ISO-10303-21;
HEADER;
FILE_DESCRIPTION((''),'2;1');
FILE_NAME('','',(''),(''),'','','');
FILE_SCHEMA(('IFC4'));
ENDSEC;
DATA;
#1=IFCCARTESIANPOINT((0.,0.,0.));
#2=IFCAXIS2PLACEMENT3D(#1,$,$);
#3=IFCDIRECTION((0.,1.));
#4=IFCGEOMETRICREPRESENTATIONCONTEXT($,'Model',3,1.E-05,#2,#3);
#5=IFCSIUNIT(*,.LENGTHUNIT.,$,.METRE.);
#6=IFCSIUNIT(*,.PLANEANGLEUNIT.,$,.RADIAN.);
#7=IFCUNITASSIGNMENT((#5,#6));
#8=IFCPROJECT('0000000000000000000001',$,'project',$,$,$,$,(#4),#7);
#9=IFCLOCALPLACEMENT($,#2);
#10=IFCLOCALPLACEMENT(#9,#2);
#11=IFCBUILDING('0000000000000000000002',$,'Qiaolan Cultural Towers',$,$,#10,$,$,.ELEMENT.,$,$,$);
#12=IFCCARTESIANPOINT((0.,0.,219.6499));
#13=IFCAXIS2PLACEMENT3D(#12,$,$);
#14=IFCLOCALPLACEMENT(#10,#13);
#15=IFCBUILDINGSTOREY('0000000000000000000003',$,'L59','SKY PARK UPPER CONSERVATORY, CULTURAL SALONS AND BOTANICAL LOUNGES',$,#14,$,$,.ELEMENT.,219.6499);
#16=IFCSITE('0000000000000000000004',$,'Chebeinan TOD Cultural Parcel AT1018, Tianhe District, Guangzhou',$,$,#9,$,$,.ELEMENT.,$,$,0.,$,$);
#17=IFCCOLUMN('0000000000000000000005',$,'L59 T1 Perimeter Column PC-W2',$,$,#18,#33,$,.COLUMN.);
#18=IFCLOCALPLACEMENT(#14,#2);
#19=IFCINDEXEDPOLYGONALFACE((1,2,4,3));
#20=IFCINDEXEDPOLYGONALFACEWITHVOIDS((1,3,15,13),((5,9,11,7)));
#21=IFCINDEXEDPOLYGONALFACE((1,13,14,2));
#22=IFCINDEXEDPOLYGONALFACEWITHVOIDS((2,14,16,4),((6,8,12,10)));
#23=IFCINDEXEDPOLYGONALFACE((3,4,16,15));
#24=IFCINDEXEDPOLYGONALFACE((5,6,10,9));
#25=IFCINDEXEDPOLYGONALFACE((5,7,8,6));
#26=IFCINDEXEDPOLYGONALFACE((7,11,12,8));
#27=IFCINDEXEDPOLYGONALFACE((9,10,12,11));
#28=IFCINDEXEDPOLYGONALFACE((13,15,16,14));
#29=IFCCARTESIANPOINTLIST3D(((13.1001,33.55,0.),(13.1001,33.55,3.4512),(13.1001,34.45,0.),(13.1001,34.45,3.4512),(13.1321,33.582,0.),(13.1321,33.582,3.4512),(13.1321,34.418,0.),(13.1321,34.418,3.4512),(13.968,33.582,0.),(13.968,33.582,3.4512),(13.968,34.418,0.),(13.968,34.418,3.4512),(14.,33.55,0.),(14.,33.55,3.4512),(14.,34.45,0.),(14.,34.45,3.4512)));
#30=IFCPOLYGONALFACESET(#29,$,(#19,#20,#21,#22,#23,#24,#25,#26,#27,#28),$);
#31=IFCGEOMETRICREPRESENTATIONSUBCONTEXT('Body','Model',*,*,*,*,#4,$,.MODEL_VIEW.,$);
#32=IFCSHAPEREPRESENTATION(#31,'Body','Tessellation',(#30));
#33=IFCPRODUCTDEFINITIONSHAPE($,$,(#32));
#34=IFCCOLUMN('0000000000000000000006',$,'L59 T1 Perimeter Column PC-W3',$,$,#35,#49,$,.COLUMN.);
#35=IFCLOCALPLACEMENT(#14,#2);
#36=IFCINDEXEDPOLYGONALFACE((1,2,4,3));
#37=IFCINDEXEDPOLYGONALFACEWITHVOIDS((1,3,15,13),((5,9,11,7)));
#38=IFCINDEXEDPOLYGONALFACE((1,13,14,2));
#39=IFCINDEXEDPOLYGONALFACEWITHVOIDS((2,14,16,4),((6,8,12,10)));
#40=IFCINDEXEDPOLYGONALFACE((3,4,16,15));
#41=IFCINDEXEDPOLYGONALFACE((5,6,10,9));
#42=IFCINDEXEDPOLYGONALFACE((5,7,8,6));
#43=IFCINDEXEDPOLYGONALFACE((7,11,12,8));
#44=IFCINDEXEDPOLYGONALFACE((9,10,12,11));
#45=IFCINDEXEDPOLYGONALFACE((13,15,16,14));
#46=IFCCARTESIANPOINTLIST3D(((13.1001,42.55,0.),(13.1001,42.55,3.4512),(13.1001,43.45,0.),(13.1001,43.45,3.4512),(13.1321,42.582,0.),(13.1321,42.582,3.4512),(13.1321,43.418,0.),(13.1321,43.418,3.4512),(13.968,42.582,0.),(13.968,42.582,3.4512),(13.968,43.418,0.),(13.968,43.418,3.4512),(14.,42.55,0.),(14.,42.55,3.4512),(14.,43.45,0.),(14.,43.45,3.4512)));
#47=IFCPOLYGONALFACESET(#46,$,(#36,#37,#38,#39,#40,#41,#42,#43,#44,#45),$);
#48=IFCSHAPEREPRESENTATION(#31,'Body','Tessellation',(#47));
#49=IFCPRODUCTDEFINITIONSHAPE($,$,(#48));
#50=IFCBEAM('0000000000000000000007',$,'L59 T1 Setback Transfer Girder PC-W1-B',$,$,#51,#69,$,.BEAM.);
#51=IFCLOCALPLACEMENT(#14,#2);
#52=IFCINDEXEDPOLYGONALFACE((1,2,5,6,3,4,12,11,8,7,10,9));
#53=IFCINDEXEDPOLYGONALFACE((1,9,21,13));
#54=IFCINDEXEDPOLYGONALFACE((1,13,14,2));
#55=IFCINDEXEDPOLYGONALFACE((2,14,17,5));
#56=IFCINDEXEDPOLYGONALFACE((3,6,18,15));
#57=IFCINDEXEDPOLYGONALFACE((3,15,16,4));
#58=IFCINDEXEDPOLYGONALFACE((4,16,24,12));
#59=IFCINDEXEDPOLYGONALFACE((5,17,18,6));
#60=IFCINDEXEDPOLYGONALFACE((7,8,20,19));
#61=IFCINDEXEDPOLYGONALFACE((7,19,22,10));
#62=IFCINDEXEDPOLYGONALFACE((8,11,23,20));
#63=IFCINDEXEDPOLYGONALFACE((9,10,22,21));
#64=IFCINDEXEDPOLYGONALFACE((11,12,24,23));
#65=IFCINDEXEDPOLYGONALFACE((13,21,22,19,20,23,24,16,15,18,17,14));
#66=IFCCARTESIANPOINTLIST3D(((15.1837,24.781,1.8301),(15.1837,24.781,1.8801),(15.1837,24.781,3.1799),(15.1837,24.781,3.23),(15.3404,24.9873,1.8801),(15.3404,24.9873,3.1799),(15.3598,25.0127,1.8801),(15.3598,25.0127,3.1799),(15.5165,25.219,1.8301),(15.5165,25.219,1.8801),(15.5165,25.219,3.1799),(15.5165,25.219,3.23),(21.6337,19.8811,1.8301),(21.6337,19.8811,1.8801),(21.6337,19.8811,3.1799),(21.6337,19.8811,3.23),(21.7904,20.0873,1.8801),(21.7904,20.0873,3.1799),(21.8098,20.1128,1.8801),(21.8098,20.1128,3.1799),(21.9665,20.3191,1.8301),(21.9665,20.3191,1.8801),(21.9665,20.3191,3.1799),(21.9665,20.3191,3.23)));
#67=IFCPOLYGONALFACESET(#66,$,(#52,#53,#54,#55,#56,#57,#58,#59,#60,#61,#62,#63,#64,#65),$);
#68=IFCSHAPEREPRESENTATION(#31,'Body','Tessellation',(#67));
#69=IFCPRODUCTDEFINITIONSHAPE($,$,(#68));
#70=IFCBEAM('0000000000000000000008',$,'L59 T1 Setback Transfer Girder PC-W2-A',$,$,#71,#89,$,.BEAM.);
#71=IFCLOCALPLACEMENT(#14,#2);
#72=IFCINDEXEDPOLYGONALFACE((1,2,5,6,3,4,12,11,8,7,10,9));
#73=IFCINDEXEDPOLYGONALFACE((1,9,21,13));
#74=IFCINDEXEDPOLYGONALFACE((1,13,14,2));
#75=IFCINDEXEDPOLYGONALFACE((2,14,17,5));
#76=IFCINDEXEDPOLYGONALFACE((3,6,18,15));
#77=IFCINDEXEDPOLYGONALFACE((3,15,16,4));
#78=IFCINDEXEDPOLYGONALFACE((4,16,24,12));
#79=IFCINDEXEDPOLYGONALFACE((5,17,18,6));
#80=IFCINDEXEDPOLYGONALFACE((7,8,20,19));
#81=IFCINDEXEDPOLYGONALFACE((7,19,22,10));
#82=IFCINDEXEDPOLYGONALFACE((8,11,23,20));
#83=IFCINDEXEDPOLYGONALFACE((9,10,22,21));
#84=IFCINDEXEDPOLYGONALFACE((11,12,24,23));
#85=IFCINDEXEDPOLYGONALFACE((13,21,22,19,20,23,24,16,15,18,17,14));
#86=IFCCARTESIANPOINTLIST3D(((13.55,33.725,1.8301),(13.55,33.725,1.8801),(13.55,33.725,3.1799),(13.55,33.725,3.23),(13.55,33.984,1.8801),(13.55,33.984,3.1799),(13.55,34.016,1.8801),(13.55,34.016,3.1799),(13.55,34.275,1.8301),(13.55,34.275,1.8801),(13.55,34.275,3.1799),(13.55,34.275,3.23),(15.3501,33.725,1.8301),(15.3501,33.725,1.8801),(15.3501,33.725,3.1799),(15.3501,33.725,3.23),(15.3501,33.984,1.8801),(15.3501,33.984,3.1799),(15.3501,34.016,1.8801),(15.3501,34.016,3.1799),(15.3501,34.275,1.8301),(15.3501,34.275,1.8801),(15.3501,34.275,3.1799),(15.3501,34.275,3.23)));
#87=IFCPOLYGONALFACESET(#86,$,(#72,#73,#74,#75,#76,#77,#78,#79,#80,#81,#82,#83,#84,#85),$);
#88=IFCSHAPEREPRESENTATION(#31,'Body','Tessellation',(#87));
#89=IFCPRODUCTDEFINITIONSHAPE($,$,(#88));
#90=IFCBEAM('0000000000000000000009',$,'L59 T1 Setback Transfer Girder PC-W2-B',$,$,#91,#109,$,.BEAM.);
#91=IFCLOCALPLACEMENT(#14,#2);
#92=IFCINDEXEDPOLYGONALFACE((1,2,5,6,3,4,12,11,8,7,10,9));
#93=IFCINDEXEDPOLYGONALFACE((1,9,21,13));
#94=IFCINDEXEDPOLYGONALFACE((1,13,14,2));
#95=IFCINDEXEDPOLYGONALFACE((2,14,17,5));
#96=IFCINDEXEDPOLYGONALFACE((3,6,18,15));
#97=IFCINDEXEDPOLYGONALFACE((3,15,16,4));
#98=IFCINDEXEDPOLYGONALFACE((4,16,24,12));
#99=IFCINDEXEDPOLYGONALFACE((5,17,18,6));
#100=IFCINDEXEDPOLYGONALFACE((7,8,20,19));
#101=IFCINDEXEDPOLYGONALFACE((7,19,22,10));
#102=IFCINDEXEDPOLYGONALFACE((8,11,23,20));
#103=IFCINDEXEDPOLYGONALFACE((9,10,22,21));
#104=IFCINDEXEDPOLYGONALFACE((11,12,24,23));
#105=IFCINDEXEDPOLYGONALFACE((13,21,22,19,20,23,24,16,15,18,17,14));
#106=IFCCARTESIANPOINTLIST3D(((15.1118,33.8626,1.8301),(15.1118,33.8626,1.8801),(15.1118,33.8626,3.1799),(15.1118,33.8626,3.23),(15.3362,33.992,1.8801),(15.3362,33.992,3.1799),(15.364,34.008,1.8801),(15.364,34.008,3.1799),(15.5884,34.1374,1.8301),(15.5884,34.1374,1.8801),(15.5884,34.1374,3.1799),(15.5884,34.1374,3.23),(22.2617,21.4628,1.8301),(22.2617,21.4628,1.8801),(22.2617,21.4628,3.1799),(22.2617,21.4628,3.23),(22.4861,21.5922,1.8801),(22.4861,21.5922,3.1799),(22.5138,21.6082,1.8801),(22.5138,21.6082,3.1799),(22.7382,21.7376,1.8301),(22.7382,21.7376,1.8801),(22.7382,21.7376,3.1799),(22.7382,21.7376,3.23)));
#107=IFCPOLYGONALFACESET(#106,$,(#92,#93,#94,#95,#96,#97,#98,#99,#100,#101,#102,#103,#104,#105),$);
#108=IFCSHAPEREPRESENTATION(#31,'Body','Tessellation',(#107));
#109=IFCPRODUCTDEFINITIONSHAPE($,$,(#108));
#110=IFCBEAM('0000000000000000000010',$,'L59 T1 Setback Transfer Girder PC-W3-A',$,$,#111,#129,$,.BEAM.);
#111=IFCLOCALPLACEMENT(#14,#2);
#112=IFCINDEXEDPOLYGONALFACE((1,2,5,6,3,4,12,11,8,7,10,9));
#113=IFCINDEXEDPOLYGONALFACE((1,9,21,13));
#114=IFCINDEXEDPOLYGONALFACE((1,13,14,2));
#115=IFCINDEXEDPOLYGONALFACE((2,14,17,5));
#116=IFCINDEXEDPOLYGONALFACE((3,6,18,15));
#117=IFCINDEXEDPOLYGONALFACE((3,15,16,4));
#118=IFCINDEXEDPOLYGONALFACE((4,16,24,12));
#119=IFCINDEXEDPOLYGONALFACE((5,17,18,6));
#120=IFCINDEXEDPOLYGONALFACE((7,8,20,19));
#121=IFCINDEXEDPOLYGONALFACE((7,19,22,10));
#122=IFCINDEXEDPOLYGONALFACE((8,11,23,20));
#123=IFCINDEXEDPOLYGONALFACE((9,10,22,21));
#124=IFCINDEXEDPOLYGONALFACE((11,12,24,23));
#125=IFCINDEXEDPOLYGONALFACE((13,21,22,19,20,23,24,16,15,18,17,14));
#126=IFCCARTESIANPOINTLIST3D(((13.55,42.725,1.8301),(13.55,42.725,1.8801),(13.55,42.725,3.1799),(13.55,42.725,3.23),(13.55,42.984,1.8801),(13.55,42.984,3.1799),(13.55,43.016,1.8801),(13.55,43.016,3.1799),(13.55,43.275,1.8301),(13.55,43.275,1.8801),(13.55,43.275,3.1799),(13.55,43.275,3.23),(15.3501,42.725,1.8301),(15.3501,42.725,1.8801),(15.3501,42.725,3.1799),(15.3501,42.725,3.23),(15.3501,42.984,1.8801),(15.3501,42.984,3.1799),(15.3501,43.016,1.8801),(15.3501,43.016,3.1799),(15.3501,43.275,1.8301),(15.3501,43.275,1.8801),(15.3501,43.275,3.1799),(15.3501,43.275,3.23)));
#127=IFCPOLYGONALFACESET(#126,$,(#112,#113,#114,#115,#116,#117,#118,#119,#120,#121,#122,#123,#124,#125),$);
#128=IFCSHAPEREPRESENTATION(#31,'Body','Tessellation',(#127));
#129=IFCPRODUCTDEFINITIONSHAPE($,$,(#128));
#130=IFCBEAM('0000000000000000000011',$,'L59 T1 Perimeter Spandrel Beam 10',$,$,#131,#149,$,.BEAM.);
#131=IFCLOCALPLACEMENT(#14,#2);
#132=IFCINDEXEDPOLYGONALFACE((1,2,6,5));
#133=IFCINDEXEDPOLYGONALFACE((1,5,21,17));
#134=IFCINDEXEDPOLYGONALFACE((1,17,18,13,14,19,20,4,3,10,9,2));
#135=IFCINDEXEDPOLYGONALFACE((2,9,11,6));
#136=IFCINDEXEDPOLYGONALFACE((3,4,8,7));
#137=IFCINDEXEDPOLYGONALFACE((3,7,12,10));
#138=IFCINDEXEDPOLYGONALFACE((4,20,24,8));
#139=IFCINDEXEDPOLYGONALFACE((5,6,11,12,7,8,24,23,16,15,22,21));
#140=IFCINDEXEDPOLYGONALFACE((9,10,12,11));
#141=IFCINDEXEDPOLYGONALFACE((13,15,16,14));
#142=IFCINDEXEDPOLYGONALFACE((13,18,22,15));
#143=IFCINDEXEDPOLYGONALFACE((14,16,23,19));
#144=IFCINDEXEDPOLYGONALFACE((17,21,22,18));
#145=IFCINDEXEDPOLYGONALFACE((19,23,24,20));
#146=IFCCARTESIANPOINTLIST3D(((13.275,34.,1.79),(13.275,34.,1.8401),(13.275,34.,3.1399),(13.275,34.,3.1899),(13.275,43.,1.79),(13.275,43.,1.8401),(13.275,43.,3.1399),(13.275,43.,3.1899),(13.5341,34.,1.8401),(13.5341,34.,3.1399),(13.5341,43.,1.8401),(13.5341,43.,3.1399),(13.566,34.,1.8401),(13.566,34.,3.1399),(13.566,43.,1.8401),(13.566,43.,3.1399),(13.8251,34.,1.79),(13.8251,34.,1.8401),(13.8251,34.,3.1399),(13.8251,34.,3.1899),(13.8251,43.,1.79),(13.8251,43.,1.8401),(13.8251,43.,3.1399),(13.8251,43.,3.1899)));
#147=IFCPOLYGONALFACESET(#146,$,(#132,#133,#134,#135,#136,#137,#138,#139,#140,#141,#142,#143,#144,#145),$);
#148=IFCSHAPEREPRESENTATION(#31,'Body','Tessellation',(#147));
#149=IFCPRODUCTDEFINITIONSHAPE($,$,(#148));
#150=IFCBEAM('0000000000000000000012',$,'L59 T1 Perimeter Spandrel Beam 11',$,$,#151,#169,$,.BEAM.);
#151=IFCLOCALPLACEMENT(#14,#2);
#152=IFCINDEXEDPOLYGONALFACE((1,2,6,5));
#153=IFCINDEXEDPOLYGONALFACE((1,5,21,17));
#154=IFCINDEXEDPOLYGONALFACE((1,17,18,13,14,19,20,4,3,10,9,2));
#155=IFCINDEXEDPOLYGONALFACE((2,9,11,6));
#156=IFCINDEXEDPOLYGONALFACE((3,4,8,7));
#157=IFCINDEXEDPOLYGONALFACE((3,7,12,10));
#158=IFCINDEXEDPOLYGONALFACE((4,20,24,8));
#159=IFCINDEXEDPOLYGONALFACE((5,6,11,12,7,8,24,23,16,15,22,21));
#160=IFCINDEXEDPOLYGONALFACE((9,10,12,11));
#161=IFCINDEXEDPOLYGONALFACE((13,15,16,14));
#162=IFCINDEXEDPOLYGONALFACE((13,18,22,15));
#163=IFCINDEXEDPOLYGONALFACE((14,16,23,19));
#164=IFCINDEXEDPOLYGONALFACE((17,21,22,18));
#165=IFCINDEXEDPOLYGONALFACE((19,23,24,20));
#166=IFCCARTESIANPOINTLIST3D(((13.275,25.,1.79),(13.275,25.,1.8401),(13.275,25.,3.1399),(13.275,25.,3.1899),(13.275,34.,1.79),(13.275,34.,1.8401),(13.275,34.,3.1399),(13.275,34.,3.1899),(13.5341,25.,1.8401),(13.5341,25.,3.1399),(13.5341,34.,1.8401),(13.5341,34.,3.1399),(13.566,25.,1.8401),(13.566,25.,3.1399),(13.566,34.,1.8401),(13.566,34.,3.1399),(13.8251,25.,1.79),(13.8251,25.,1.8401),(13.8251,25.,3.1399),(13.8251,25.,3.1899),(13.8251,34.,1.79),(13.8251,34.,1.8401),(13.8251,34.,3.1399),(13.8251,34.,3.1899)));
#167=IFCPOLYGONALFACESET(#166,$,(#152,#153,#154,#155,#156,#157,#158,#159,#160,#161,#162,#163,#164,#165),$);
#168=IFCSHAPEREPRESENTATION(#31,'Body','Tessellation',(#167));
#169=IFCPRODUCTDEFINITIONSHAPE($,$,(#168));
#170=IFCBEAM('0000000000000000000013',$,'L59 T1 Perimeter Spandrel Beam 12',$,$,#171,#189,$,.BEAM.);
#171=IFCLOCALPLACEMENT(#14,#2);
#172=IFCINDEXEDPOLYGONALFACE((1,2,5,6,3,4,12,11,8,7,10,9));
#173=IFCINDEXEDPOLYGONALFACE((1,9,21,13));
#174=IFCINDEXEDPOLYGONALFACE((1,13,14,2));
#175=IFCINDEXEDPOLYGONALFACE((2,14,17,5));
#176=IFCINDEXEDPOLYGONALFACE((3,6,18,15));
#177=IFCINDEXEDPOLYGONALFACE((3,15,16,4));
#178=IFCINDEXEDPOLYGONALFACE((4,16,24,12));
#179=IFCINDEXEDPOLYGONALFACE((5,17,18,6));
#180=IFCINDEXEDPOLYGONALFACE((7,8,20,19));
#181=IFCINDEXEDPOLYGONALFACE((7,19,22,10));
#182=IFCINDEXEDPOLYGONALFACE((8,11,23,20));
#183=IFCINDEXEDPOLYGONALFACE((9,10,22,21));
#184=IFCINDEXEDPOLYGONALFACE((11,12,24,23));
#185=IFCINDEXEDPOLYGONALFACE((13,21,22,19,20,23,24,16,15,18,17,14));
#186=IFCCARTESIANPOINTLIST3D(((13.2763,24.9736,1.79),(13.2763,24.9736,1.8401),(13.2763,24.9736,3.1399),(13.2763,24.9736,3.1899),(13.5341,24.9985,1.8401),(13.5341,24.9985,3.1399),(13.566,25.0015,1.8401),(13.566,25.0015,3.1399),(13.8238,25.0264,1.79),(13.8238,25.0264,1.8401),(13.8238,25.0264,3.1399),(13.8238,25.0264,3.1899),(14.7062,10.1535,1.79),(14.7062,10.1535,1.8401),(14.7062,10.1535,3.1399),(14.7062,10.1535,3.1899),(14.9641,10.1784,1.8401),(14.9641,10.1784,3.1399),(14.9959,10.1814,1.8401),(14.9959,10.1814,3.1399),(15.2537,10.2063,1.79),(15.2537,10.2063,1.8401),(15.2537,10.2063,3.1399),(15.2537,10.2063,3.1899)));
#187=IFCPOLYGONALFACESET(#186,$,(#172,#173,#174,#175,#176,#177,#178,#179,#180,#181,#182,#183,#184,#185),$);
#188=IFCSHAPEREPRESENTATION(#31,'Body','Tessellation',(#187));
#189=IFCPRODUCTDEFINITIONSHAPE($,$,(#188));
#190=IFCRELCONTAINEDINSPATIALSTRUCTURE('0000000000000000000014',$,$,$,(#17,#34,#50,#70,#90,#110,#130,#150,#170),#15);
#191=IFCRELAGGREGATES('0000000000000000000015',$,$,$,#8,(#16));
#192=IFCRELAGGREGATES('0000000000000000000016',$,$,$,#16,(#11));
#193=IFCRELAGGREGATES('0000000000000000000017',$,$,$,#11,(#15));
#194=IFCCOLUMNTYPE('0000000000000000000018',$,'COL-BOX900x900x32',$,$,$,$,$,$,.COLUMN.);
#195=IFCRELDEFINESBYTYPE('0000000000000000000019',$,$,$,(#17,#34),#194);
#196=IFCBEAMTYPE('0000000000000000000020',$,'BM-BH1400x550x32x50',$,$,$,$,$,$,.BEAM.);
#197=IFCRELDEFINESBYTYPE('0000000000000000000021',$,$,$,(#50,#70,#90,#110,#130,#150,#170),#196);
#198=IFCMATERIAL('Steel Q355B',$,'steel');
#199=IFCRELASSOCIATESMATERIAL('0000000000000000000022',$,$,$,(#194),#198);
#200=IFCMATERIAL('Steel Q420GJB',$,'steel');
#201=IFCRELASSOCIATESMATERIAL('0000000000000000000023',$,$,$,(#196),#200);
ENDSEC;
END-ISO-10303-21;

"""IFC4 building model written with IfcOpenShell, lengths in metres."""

from ifc_helpers import new_model, si_unit, direction, frame, origin, origin_2d, place, context, subcontext, project, spatial, hollow_rectangle, i_section, extrude, material, material_profile, profile_set, type_object, element, save


model = new_model("IFC4")

# Units and contexts
model_context = context("Model", 3, precision=1e-05, world=origin(), true_north=direction((0.0, 1.0)))
body_context = subcontext(model_context, "Body", "Model", "MODEL_VIEW")
ifc_project = project(units=[si_unit("LENGTHUNIT", "METRE"), si_unit("PLANEANGLEUNIT", "RADIAN")], contexts=[model_context])

# Site, building, storey
site_placement = place(None, origin())
site = spatial("IfcSite", under=ifc_project, at=site_placement, Name="Chebeinan TOD Cultural Parcel AT1018, Tianhe District, Guangzhou", CompositionType="ELEMENT", RefElevation=0.0)
building_placement = place(site_placement, origin())
building = spatial("IfcBuilding", under=site, at=building_placement, Name="Qiaolan Cultural Towers", CompositionType="ELEMENT")
storey_placement = place(building_placement, frame((0.0, 0.0, 219.6499)))
storey = spatial("IfcBuildingStorey", under=building, at=storey_placement, Name="L59", Description="SKY PARK UPPER CONSERVATORY, CULTURAL SALONS AND BOTANICAL LOUNGES", CompositionType="ELEMENT", Elevation=219.6499)

# Columns
ifc_material_1 = material(Name="Steel Q355B", Category="steel")
ifc_material_profile_1 = material_profile(ifc_material_1, hollow_rectangle(XDim=0.8999, YDim=0.8999, WallThickness=0.032, at=origin_2d()), Name="BOX900x900x32")
ifc_profile_set_1 = profile_set([ifc_material_profile_1], Name="Steel Q355B")
column_type = type_object("IfcColumnType", Name="COL-BOX900x900x32", PredefinedType="COLUMN", material=ifc_profile_set_1)
for number, where, z_axis, x_axis, name in (
    (1, (13.55, 34.0, 0.0), (0.0, 0.0, 1.0), (1.0, 0.0, 0.0), "L59 T1 Perimeter Column PC-W2"),
    (2, (13.55, 43.0, 0.0), (0.0, 0.0, 1.0), (1.0, 0.0, 0.0), "L59 T1 Perimeter Column PC-W3"),
):
    element("IfcColumn", number, at=place(storey_placement, frame(where, z_axis=z_axis, x_axis=x_axis)), inside=storey, type_object=column_type, Name=name, PredefinedType="COLUMN", context=body_context, shape_type="SweptSolid", body=[
        extrude(hollow_rectangle(XDim=0.8999, YDim=0.8999, WallThickness=0.032, at=origin_2d()), origin(), (0.0, 0.0, 1.0), 3.4512),
    ])

# Beams
ifc_material_2 = material(Name="Steel Q420GJB", Category="steel")
ifc_material_profile_2 = material_profile(ifc_material_2, i_section(OverallWidth=0.55, OverallDepth=1.3999, WebThickness=0.032, FlangeThickness=0.05, at=origin_2d()), Name="BH1400x550x32x50")
ifc_profile_set_2 = profile_set([ifc_material_profile_2], Name="Steel Q420GJB")
beam_type_1 = type_object("IfcBeamType", Name="BM-BH1400x550x32x50", PredefinedType="BEAM", material=ifc_profile_set_2)
beam_1_placement = place(storey_placement, frame((15.3501, 25.0, 2.53), z_axis=(0.796285, -0.604922, 0.0), x_axis=(0.604922, 0.796285, 0.0)))
element("IfcBeam", 3, at=beam_1_placement, inside=storey, type_object=beam_type_1, Name="L59 T1 Setback Transfer Girder PC-W1-B", PredefinedType="BEAM", context=body_context, shape_type="SweptSolid", body=[
    extrude(i_section(OverallWidth=0.55, OverallDepth=1.3999, WebThickness=0.032, FlangeThickness=0.05, at=origin_2d()), origin(), (0.0, 0.0, 1.0), 8.1001),
])
beam_2_placement = place(storey_placement, frame((13.55, 34.0, 2.53), z_axis=(1.0, 0.0, 0.0), x_axis=(0.0, 1.0, 0.0)))
element("IfcBeam", 4, at=beam_2_placement, inside=storey, type_object=beam_type_1, Name="L59 T1 Setback Transfer Girder PC-W2-A", PredefinedType="BEAM", context=body_context, shape_type="SweptSolid", body=[
    extrude(i_section(OverallWidth=0.55, OverallDepth=1.3999, WebThickness=0.032, FlangeThickness=0.05, at=origin_2d()), origin(), (0.0, 0.0, 1.0), 1.8),
])
beam_3_placement = place(storey_placement, frame((15.3501, 34.0, 2.53), z_axis=(0.499519, -0.866303, 0.0), x_axis=(0.866303, 0.499519, 0.0)))
element("IfcBeam", 5, at=beam_3_placement, inside=storey, type_object=beam_type_1, Name="L59 T1 Setback Transfer Girder PC-W2-B", PredefinedType="BEAM", context=body_context, shape_type="SweptSolid", body=[
    extrude(i_section(OverallWidth=0.55, OverallDepth=1.3999, WebThickness=0.032, FlangeThickness=0.05, at=origin_2d()), origin(), (0.0, 0.0, 1.0), 14.3135),
])
beam_4_placement = place(storey_placement, frame((13.55, 43.0, 2.53), z_axis=(1.0, 0.0, 0.0), x_axis=(0.0, 1.0, 0.0)))
element("IfcBeam", 6, at=beam_4_placement, inside=storey, type_object=beam_type_1, Name="L59 T1 Setback Transfer Girder PC-W3-A", PredefinedType="BEAM", context=body_context, shape_type="SweptSolid", body=[
    extrude(i_section(OverallWidth=0.55, OverallDepth=1.3999, WebThickness=0.032, FlangeThickness=0.05, at=origin_2d()), origin(), (0.0, 0.0, 1.0), 1.8),
])
for number, where, z_axis, x_axis, name in (
    (7, (13.55, 43.0, 2.49), (0.0, -1.0, 0.0), (1.0, 0.0, 0.0), "L59 T1 Perimeter Spandrel Beam 10"),
    (8, (13.55, 34.0, 2.49), (0.0, -1.0, 0.0), (1.0, 0.0, 0.0), "L59 T1 Perimeter Spandrel Beam 11"),
):
    element("IfcBeam", number, at=place(storey_placement, frame(where, z_axis=z_axis, x_axis=x_axis)), inside=storey, type_object=beam_type_1, Name=name, PredefinedType="BEAM", context=body_context, shape_type="SweptSolid", body=[
        extrude(i_section(OverallWidth=0.55, OverallDepth=1.3999, WebThickness=0.032, FlangeThickness=0.05, at=origin_2d()), origin(), (0.0, 0.0, 1.0), 9.0),
    ])
beam_5_placement = place(storey_placement, frame((13.55, 25.0, 2.49), z_axis=(0.09604, -0.995377, 0.0), x_axis=(0.995377, 0.09604, 0.0)))
element("IfcBeam", 9, at=beam_5_placement, inside=storey, type_object=beam_type_1, Name="L59 T1 Perimeter Spandrel Beam 12", PredefinedType="BEAM", context=body_context, shape_type="SweptSolid", body=[
    extrude(i_section(OverallWidth=0.55, OverallDepth=1.3999, WebThickness=0.032, FlangeThickness=0.05, at=origin_2d()), origin(), (0.0, 0.0, 1.0), 14.8889),
])

save(model, "model.ifc")
